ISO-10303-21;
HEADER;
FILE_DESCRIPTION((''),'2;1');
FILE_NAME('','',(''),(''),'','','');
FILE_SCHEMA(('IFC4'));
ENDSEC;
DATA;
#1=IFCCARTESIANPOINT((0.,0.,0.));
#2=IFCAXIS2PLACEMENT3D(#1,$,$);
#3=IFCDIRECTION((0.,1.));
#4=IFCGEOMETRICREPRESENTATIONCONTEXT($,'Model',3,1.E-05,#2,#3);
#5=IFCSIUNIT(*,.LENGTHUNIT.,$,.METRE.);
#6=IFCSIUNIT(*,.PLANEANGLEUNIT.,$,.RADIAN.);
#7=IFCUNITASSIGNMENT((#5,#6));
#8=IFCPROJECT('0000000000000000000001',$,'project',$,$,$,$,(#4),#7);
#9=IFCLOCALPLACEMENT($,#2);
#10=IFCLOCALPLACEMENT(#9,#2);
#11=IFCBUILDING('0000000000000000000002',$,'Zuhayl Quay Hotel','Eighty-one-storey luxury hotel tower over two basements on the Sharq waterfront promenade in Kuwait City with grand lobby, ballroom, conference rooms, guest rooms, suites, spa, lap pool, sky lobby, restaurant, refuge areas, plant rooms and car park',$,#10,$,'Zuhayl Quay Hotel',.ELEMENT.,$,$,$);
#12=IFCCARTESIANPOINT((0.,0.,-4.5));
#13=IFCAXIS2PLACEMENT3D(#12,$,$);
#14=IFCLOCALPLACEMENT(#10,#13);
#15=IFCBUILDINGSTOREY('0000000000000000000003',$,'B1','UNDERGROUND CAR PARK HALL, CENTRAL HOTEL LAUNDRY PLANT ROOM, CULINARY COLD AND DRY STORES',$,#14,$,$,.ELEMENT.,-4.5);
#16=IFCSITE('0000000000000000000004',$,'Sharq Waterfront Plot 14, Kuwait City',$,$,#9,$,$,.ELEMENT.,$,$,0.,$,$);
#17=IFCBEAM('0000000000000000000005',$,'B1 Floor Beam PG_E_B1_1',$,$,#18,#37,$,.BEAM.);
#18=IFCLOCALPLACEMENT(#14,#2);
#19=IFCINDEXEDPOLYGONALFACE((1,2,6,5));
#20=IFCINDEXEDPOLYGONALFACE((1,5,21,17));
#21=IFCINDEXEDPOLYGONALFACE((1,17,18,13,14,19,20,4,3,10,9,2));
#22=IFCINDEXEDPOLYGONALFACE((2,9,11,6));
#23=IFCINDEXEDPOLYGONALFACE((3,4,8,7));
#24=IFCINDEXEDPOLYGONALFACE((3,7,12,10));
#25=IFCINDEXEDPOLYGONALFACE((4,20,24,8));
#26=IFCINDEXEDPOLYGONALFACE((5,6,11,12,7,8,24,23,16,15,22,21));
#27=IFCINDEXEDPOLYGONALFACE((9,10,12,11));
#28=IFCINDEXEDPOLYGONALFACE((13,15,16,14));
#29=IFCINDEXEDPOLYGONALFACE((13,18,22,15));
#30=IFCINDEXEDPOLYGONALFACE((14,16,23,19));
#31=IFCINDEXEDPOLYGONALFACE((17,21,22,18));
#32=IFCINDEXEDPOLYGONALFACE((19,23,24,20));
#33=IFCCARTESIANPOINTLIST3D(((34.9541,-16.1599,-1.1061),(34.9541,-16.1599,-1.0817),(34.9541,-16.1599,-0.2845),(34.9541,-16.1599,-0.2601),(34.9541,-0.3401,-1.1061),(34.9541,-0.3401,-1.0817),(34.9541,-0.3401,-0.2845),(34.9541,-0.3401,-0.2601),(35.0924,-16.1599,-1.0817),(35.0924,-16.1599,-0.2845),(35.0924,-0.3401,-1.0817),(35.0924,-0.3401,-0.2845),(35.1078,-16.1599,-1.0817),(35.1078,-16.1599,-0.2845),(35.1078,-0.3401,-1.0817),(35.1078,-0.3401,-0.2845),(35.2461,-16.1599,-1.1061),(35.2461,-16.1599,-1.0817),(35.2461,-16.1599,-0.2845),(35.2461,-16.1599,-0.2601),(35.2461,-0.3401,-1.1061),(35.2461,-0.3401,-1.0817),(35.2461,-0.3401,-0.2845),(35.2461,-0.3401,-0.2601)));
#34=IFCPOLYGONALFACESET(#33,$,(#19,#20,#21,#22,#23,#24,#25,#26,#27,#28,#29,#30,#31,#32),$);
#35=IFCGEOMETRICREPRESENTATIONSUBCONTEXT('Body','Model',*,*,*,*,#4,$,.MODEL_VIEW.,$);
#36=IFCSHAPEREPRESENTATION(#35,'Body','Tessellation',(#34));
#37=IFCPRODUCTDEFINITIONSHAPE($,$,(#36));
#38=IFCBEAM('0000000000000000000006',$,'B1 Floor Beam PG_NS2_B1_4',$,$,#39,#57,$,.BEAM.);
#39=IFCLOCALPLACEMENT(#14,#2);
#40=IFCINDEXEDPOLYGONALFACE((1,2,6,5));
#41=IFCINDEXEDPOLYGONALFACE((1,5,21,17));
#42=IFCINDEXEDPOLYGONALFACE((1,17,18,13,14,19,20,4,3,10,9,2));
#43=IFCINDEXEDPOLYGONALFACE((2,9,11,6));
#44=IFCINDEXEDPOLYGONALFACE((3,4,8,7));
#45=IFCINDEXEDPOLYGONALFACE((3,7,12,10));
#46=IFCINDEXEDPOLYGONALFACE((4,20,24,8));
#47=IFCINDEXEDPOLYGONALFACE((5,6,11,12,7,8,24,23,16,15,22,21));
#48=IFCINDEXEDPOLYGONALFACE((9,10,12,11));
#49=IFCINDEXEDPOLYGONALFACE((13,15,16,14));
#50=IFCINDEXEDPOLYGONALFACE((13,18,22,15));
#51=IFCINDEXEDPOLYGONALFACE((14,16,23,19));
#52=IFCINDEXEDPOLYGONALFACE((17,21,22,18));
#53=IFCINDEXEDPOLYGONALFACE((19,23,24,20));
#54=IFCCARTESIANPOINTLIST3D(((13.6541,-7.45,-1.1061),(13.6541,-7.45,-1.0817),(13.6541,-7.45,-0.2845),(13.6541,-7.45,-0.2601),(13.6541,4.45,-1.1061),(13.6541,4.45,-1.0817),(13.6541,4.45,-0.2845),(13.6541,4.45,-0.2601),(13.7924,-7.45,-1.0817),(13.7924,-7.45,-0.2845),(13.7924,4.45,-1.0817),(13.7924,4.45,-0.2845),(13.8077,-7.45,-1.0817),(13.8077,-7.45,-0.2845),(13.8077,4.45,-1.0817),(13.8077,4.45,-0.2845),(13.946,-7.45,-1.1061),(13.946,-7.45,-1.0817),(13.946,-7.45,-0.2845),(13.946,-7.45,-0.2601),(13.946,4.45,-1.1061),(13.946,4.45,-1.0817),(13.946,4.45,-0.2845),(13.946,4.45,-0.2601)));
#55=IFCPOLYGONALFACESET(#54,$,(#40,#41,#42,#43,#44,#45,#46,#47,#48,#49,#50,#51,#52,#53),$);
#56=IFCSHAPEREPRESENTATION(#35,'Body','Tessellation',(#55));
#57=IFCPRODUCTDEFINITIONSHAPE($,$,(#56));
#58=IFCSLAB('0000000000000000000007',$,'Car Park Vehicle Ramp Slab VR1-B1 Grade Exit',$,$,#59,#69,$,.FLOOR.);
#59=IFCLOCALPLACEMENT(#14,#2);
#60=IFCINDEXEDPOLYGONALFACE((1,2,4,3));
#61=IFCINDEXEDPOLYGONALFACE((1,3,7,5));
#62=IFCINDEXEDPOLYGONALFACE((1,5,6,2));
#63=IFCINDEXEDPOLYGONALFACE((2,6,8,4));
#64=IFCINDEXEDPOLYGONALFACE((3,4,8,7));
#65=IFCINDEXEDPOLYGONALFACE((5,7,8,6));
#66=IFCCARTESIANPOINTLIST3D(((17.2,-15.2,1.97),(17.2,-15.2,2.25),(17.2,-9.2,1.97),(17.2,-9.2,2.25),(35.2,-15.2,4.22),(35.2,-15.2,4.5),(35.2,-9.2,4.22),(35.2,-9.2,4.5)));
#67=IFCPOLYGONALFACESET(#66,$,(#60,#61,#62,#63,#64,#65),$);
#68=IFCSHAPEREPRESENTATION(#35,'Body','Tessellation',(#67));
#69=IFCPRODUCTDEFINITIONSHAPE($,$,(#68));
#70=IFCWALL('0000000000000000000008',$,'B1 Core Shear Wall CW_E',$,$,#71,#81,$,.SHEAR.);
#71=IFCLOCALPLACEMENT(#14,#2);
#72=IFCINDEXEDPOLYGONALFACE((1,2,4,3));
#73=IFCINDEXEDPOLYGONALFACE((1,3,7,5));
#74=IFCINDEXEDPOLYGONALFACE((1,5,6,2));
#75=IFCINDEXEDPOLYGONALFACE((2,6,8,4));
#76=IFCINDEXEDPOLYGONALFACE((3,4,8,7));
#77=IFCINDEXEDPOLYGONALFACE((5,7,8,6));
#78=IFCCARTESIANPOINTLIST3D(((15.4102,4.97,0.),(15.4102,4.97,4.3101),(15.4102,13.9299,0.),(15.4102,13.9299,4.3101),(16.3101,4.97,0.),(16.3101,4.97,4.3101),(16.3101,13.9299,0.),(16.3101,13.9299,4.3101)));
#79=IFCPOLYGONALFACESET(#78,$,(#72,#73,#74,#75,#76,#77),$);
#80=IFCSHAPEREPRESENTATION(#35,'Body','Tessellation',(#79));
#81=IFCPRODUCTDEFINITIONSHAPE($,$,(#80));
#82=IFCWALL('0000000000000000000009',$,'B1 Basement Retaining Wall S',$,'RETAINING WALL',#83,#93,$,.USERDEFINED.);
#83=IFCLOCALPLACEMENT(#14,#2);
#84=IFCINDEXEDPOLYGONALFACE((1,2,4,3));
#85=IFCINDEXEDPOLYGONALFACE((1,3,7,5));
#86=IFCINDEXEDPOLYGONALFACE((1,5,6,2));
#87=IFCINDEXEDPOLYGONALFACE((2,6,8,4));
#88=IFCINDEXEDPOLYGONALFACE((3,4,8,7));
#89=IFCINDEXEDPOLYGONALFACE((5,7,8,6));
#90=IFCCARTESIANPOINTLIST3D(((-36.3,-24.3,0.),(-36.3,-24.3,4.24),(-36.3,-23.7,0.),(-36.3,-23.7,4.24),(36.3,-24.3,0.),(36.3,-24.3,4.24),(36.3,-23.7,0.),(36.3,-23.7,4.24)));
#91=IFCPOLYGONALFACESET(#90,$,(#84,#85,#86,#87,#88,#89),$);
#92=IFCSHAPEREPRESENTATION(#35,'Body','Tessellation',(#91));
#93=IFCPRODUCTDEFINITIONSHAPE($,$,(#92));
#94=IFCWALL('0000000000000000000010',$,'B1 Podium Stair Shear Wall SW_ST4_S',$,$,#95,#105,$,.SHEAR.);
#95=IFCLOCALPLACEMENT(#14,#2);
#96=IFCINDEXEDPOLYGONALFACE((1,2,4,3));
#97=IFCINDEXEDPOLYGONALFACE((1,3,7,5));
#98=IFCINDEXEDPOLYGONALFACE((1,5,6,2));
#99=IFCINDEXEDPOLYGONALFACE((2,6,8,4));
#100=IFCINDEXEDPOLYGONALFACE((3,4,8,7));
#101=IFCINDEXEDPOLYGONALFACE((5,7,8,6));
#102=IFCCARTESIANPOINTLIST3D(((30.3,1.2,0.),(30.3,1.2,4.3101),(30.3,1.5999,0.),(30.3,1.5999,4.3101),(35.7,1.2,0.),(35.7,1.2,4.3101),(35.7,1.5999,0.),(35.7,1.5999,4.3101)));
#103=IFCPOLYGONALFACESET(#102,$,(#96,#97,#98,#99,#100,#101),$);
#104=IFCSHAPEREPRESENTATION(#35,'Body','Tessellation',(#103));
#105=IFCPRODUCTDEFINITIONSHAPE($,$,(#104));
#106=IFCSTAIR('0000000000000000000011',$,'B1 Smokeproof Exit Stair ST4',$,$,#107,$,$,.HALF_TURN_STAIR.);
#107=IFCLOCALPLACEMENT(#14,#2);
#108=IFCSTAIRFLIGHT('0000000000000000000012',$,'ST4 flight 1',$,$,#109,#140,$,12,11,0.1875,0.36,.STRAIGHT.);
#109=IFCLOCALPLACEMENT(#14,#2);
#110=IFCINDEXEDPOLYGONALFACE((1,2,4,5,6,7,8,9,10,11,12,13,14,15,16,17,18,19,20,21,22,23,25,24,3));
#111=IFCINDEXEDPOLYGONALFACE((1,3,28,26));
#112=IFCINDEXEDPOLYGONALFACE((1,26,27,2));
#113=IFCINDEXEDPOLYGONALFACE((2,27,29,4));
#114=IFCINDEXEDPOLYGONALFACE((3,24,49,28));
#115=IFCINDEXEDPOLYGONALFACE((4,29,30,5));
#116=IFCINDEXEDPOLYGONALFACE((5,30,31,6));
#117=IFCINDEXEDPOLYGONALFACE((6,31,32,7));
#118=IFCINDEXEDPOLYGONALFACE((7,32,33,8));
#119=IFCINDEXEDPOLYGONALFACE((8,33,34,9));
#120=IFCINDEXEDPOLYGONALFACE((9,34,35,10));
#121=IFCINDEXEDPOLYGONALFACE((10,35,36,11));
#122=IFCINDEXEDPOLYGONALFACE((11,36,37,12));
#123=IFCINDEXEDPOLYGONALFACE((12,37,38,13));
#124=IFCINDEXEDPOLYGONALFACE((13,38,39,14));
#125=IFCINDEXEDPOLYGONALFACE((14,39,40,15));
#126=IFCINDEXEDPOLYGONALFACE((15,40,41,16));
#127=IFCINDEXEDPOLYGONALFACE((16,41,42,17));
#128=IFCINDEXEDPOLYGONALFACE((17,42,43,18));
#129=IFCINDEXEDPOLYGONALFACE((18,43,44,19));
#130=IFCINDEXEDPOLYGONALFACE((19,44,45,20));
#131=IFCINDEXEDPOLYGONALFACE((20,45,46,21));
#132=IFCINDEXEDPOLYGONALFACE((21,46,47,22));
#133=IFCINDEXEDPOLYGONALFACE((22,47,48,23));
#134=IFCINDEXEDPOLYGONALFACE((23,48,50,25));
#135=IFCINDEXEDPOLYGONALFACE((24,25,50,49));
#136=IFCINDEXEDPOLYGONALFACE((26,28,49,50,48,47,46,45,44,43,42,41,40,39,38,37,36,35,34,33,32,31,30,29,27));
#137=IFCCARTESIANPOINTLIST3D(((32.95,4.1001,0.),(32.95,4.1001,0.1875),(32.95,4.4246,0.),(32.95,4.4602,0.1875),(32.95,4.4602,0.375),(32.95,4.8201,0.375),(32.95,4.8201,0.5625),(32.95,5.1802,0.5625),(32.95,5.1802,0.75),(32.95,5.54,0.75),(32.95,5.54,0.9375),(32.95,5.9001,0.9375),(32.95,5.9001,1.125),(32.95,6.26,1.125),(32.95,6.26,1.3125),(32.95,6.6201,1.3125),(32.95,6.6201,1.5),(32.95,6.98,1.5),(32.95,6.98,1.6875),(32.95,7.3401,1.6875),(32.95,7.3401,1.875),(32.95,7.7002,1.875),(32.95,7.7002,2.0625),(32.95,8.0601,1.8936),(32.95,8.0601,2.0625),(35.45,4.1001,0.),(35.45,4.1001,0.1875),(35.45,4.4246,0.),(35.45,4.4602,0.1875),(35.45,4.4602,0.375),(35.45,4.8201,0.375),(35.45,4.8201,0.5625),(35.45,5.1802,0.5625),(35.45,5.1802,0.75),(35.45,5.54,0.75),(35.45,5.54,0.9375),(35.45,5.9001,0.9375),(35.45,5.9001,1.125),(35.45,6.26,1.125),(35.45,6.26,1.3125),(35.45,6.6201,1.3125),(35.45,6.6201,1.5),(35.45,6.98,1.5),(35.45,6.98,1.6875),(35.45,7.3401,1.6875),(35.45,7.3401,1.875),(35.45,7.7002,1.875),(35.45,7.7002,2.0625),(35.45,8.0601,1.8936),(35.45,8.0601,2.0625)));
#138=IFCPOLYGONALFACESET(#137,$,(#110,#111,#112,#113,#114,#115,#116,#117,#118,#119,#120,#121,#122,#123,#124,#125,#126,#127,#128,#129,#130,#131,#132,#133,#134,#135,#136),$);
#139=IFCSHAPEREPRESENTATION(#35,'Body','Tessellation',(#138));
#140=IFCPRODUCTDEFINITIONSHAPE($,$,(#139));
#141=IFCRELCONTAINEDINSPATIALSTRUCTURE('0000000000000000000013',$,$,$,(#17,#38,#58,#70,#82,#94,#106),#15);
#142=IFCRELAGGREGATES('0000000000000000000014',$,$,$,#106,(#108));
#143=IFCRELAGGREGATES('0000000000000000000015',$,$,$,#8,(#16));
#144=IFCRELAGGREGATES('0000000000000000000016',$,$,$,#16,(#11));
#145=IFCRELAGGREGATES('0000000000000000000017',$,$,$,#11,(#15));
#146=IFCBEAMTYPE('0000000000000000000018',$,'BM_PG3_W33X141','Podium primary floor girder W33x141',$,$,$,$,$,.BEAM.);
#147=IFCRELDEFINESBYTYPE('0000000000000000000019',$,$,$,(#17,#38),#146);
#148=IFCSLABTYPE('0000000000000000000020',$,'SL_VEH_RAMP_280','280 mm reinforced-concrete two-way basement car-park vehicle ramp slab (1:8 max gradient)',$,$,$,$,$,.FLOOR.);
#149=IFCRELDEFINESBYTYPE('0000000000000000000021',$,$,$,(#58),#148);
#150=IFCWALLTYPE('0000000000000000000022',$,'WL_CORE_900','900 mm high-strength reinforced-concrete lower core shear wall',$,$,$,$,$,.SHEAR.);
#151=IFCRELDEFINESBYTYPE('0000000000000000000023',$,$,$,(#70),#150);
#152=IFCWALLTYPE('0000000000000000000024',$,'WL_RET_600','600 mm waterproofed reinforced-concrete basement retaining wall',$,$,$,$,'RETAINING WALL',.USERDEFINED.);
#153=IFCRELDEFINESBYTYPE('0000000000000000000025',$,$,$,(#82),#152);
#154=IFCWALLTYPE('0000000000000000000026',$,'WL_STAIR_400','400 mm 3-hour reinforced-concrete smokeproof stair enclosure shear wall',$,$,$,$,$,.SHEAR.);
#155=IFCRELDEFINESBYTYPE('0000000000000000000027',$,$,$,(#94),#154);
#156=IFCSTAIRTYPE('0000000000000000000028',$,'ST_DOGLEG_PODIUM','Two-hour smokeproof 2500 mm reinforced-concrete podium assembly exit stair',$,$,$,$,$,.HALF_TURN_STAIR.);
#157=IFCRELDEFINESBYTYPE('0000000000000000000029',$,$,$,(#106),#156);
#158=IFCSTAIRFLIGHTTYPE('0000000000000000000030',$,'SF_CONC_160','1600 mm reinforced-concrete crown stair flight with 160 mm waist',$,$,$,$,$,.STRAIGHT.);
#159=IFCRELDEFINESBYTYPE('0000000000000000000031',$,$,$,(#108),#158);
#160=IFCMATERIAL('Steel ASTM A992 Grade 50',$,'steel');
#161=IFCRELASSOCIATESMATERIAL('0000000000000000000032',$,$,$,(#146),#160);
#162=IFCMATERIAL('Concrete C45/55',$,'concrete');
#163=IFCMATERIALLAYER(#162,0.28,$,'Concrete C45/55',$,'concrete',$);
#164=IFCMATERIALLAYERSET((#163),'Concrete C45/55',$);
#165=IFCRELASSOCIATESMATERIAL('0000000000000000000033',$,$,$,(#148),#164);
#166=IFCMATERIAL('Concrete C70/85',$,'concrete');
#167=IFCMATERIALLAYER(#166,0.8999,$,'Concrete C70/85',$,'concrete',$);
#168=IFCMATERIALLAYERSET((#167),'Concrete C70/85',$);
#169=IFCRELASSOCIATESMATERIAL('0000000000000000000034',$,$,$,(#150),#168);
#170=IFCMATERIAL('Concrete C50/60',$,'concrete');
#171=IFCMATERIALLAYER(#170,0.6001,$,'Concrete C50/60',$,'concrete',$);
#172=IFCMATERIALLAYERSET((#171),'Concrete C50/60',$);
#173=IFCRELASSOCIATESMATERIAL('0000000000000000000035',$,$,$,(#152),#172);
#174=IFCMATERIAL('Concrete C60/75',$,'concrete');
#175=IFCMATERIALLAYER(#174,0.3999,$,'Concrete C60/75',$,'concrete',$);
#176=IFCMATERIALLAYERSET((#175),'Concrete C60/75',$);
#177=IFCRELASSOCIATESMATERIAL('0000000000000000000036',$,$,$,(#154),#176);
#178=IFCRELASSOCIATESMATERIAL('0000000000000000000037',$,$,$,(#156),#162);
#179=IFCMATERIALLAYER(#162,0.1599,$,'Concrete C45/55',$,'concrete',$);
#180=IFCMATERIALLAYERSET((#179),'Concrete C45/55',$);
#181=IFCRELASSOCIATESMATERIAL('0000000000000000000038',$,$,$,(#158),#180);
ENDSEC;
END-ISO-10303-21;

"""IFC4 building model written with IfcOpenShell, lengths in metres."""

from ifc_helpers import new_model, si_unit, direction, frame, frame_2d, origin, origin_2d, place, context, subcontext, project, spatial, polyline, rectangle, i_section, outline, extrude, material, layer, layer_set, material_profile, profile_set, type_object, element, aggregate, save


model = new_model("IFC4")

# Units and contexts
model_context = context("Model", 3, precision=1e-05, world=origin(), true_north=direction((0.0, 1.0)))
body_context = subcontext(model_context, "Body", "Model", "MODEL_VIEW")
ifc_project = project(units=[si_unit("LENGTHUNIT", "METRE"), si_unit("PLANEANGLEUNIT", "RADIAN")], contexts=[model_context])

# Site, building, storey
site_placement = place(None, origin())
site = spatial("IfcSite", under=ifc_project, at=site_placement, Name="Sharq Waterfront Plot 14, Kuwait City", CompositionType="ELEMENT", RefElevation=0.0)
building_placement = place(site_placement, origin())
building = spatial("IfcBuilding", under=site, at=building_placement, Name="Zuhayl Quay Hotel", Description="Eighty-one-storey luxury hotel tower over two basements on the Sharq waterfront promenade in Kuwait City with grand lobby, ballroom, conference rooms, guest rooms, suites, spa, lap pool, sky lobby, restaurant, refuge areas, plant rooms and car park", LongName="Zuhayl Quay Hotel", CompositionType="ELEMENT")
storey_placement = place(building_placement, frame((0.0, 0.0, -4.5)))
storey = spatial("IfcBuildingStorey", under=building, at=storey_placement, Name="B1", Description="UNDERGROUND CAR PARK HALL, CENTRAL HOTEL LAUNDRY PLANT ROOM, CULINARY COLD AND DRY STORES", CompositionType="ELEMENT", Elevation=-4.5)

# Shared definitions
ifc_material_1 = material(Name="Concrete C70/85", Category="concrete")
ifc_material_2 = material(Name="Concrete C50/60", Category="concrete")

# Beams
ifc_material_3 = material(Name="Steel ASTM A992 Grade 50", Category="steel")
ifc_material_profile_1 = material_profile(ifc_material_3, i_section(OverallWidth=0.292, OverallDepth=0.8459, WebThickness=0.0154, FlangeThickness=0.0244, at=origin_2d()), Name="W33X141")
ifc_profile_set_1 = profile_set([ifc_material_profile_1], Name="Steel ASTM A992 Grade 50")
beam_type = type_object("IfcBeamType", Name="BM_PG3_W33X141", Description="Podium primary floor girder W33x141", PredefinedType="BEAM", material=ifc_profile_set_1)
beam_1_placement = place(storey_placement, frame((35.1001, -16.1599, -0.6831), z_axis=(0.0, 1.0, 0.0), x_axis=(-1.0, 0.0, 0.0)))
element("IfcBeam", 1, at=beam_1_placement, inside=storey, type_object=beam_type, Name="B1 Floor Beam PG_E_B1_1", PredefinedType="BEAM", context=body_context, shape_type="SweptSolid", body=[
    extrude(i_section(OverallWidth=0.292, OverallDepth=0.8459, WebThickness=0.0154, FlangeThickness=0.0244, at=origin_2d()), origin(), (0.0, 0.0, 1.0), 15.8198),
])
beam_2_placement = place(storey_placement, frame((13.8, -7.45, -0.6831), z_axis=(0.0, 1.0, 0.0), x_axis=(-1.0, 0.0, 0.0)))
element("IfcBeam", 2, at=beam_2_placement, inside=storey, type_object=beam_type, Name="B1 Floor Beam PG_NS2_B1_4", PredefinedType="BEAM", context=body_context, shape_type="SweptSolid", body=[
    extrude(i_section(OverallWidth=0.292, OverallDepth=0.8459, WebThickness=0.0154, FlangeThickness=0.0244, at=origin_2d()), origin(), (0.0, 0.0, 1.0), 11.8999),
])

# Slab
ifc_material_4 = material(Name="Concrete C45/55", Category="concrete")
ifc_layer_1 = layer(ifc_material_4, 0.28, Name="Concrete C45/55", Category="concrete")
ifc_layer_set_1 = layer_set([ifc_layer_1], Name="Concrete C45/55")
slab_type = type_object("IfcSlabType", Name="SL_VEH_RAMP_280", Description="280 mm reinforced-concrete two-way basement car-park vehicle ramp slab (1:8 max gradient)", PredefinedType="FLOOR", material=ifc_layer_set_1)
slab_placement = place(storey_placement, frame((17.2, -12.2, 2.25), z_axis=(0.0, 0.0, 1.0), x_axis=(1.0, 0.0, 0.0)))
element("IfcSlab", 3, at=slab_placement, inside=storey, type_object=slab_type, Name="Car Park Vehicle Ramp Slab VR1-B1 Grade Exit", PredefinedType="FLOOR", context=body_context, shape_type="SweptSolid", body=[
    extrude(outline(polyline([(0.0, -0.28), (18.0, 1.97), (18.0, 2.25), (0.0, 0.0), (0.0, -0.28)])), frame((0.0, 3.0, 0.0), z_axis=(0.0, -1.0, 0.0), x_axis=(1.0, 0.0, 0.0)), (0.0, 0.0, 1.0), 6.0),
])

# Walls
ifc_layer_2 = layer(ifc_material_1, 0.8999, Name="Concrete C70/85", Category="concrete")
ifc_layer_set_2 = layer_set([ifc_layer_2], Name="Concrete C70/85")
wall_type_1 = type_object("IfcWallType", Name="WL_CORE_900", Description="900 mm high-strength reinforced-concrete lower core shear wall", PredefinedType="SHEAR", material=ifc_layer_set_2)
wall_1_placement = place(storey_placement, frame((15.8601, 4.97, 0.0), z_axis=(0.0, 0.0, 1.0), x_axis=(0.0, 1.0, 0.0)))
element("IfcWall", 4, at=wall_1_placement, inside=storey, type_object=wall_type_1, Name="B1 Core Shear Wall CW_E", PredefinedType="SHEAR", context=body_context, shape_type="SweptSolid", body=[
    extrude(rectangle(XDim=8.96, YDim=0.8999, at=frame_2d((4.48, 0.0))), origin(), (0.0, 0.0, 1.0), 4.3101),
])
ifc_layer_3 = layer(ifc_material_2, 0.6001, Name="Concrete C50/60", Category="concrete")
ifc_layer_set_3 = layer_set([ifc_layer_3], Name="Concrete C50/60")
wall_type_2 = type_object("IfcWallType", Name="WL_RET_600", Description="600 mm waterproofed reinforced-concrete basement retaining wall", ElementType="RETAINING WALL", PredefinedType="USERDEFINED", material=ifc_layer_set_3)
wall_2_placement = place(storey_placement, frame((36.3, -24.0, 0.0), z_axis=(0.0, 0.0, 1.0), x_axis=(-1.0, 0.0, 0.0)))
element("IfcWall", 5, at=wall_2_placement, inside=storey, type_object=wall_type_2, Name="B1 Basement Retaining Wall S", ObjectType="RETAINING WALL", PredefinedType="USERDEFINED", context=body_context, shape_type="SweptSolid", body=[
    extrude(rectangle(XDim=72.6001, YDim=0.6001, at=frame_2d((36.3, 0.0))), origin(), (0.0, 0.0, 1.0), 4.24),
])
ifc_material_5 = material(Name="Concrete C60/75", Category="concrete")
ifc_layer_4 = layer(ifc_material_5, 0.3999, Name="Concrete C60/75", Category="concrete")
ifc_layer_set_4 = layer_set([ifc_layer_4], Name="Concrete C60/75")
wall_type_3 = type_object("IfcWallType", Name="WL_STAIR_400", Description="400 mm 3-hour reinforced-concrete smokeproof stair enclosure shear wall", PredefinedType="SHEAR", material=ifc_layer_set_4)
wall_3_placement = place(storey_placement, frame((30.3, 1.3999, 0.0), z_axis=(0.0, 0.0, 1.0), x_axis=(1.0, 0.0, 0.0)))
element("IfcWall", 6, at=wall_3_placement, inside=storey, type_object=wall_type_3, Name="B1 Podium Stair Shear Wall SW_ST4_S", PredefinedType="SHEAR", context=body_context, shape_type="SweptSolid", body=[
    extrude(rectangle(XDim=5.3999, YDim=0.3999, at=frame_2d((2.7, 0.0))), origin(), (0.0, 0.0, 1.0), 4.3101),
])

# Stair, stair flight
stair_type = type_object("IfcStairType", Name="ST_DOGLEG_PODIUM", Description="Two-hour smokeproof 2500 mm reinforced-concrete podium assembly exit stair", PredefinedType="HALF_TURN_STAIR", material=ifc_material_4)
stair_placement = place(storey_placement, origin())
stair = element("IfcStair", 7, at=stair_placement, inside=storey, type_object=stair_type, Name="B1 Smokeproof Exit Stair ST4", PredefinedType="HALF_TURN_STAIR")
ifc_layer_5 = layer(ifc_material_4, 0.1599, Name="Concrete C45/55", Category="concrete")
ifc_layer_set_5 = layer_set([ifc_layer_5], Name="Concrete C45/55")
stair_flight_type = type_object("IfcStairFlightType", Name="SF_CONC_160", Description="1600 mm reinforced-concrete crown stair flight with 160 mm waist", PredefinedType="STRAIGHT", material=ifc_layer_set_5)
stair_flight_placement = place(storey_placement, frame((34.2, 4.1001, 0.0), z_axis=(0.0, 0.0, 1.0), x_axis=(0.0, 1.0, 0.0)))
stair_flight = element("IfcStairFlight", 8, at=stair_flight_placement, type_object=stair_flight_type, Name="ST4 flight 1", NumberOfRisers=12, NumberOfTreads=11, PredefinedType="STRAIGHT", RiserHeight=0.1875, TreadLength=0.36, context=body_context, shape_type="SweptSolid", body=[
    extrude(outline(polyline([(0.0, 0.0), (0.0, 0.1875), (0.3601, 0.1875), (0.3601, 0.375), (0.72, 0.375), (0.72, 0.5625), (1.0801, 0.5625), (1.0801, 0.75), (1.4399, 0.75), (1.4399, 0.9375), (1.8, 0.9375), (1.8, 1.125), (2.1599, 1.125), (2.1599, 1.3125), (2.52, 1.3125), (2.52, 1.5), (2.8799, 1.5), (2.8799, 1.6875), (3.24, 1.6875), (3.24, 1.875), (3.6001, 1.875), (3.6001, 2.0625), (3.96, 2.0625), (3.96, 2.25), (3.96, 1.8936), (0.3245, 0.0), (0.0, 0.0)])), frame((0.0, 1.25, 0.0), z_axis=(0.0, -1.0, 0.0), x_axis=(1.0, 0.0, 0.0)), (0.0, 0.0, 1.0), 2.5),
])
aggregate(stair, [stair_flight])

save(model, "model.ifc")
